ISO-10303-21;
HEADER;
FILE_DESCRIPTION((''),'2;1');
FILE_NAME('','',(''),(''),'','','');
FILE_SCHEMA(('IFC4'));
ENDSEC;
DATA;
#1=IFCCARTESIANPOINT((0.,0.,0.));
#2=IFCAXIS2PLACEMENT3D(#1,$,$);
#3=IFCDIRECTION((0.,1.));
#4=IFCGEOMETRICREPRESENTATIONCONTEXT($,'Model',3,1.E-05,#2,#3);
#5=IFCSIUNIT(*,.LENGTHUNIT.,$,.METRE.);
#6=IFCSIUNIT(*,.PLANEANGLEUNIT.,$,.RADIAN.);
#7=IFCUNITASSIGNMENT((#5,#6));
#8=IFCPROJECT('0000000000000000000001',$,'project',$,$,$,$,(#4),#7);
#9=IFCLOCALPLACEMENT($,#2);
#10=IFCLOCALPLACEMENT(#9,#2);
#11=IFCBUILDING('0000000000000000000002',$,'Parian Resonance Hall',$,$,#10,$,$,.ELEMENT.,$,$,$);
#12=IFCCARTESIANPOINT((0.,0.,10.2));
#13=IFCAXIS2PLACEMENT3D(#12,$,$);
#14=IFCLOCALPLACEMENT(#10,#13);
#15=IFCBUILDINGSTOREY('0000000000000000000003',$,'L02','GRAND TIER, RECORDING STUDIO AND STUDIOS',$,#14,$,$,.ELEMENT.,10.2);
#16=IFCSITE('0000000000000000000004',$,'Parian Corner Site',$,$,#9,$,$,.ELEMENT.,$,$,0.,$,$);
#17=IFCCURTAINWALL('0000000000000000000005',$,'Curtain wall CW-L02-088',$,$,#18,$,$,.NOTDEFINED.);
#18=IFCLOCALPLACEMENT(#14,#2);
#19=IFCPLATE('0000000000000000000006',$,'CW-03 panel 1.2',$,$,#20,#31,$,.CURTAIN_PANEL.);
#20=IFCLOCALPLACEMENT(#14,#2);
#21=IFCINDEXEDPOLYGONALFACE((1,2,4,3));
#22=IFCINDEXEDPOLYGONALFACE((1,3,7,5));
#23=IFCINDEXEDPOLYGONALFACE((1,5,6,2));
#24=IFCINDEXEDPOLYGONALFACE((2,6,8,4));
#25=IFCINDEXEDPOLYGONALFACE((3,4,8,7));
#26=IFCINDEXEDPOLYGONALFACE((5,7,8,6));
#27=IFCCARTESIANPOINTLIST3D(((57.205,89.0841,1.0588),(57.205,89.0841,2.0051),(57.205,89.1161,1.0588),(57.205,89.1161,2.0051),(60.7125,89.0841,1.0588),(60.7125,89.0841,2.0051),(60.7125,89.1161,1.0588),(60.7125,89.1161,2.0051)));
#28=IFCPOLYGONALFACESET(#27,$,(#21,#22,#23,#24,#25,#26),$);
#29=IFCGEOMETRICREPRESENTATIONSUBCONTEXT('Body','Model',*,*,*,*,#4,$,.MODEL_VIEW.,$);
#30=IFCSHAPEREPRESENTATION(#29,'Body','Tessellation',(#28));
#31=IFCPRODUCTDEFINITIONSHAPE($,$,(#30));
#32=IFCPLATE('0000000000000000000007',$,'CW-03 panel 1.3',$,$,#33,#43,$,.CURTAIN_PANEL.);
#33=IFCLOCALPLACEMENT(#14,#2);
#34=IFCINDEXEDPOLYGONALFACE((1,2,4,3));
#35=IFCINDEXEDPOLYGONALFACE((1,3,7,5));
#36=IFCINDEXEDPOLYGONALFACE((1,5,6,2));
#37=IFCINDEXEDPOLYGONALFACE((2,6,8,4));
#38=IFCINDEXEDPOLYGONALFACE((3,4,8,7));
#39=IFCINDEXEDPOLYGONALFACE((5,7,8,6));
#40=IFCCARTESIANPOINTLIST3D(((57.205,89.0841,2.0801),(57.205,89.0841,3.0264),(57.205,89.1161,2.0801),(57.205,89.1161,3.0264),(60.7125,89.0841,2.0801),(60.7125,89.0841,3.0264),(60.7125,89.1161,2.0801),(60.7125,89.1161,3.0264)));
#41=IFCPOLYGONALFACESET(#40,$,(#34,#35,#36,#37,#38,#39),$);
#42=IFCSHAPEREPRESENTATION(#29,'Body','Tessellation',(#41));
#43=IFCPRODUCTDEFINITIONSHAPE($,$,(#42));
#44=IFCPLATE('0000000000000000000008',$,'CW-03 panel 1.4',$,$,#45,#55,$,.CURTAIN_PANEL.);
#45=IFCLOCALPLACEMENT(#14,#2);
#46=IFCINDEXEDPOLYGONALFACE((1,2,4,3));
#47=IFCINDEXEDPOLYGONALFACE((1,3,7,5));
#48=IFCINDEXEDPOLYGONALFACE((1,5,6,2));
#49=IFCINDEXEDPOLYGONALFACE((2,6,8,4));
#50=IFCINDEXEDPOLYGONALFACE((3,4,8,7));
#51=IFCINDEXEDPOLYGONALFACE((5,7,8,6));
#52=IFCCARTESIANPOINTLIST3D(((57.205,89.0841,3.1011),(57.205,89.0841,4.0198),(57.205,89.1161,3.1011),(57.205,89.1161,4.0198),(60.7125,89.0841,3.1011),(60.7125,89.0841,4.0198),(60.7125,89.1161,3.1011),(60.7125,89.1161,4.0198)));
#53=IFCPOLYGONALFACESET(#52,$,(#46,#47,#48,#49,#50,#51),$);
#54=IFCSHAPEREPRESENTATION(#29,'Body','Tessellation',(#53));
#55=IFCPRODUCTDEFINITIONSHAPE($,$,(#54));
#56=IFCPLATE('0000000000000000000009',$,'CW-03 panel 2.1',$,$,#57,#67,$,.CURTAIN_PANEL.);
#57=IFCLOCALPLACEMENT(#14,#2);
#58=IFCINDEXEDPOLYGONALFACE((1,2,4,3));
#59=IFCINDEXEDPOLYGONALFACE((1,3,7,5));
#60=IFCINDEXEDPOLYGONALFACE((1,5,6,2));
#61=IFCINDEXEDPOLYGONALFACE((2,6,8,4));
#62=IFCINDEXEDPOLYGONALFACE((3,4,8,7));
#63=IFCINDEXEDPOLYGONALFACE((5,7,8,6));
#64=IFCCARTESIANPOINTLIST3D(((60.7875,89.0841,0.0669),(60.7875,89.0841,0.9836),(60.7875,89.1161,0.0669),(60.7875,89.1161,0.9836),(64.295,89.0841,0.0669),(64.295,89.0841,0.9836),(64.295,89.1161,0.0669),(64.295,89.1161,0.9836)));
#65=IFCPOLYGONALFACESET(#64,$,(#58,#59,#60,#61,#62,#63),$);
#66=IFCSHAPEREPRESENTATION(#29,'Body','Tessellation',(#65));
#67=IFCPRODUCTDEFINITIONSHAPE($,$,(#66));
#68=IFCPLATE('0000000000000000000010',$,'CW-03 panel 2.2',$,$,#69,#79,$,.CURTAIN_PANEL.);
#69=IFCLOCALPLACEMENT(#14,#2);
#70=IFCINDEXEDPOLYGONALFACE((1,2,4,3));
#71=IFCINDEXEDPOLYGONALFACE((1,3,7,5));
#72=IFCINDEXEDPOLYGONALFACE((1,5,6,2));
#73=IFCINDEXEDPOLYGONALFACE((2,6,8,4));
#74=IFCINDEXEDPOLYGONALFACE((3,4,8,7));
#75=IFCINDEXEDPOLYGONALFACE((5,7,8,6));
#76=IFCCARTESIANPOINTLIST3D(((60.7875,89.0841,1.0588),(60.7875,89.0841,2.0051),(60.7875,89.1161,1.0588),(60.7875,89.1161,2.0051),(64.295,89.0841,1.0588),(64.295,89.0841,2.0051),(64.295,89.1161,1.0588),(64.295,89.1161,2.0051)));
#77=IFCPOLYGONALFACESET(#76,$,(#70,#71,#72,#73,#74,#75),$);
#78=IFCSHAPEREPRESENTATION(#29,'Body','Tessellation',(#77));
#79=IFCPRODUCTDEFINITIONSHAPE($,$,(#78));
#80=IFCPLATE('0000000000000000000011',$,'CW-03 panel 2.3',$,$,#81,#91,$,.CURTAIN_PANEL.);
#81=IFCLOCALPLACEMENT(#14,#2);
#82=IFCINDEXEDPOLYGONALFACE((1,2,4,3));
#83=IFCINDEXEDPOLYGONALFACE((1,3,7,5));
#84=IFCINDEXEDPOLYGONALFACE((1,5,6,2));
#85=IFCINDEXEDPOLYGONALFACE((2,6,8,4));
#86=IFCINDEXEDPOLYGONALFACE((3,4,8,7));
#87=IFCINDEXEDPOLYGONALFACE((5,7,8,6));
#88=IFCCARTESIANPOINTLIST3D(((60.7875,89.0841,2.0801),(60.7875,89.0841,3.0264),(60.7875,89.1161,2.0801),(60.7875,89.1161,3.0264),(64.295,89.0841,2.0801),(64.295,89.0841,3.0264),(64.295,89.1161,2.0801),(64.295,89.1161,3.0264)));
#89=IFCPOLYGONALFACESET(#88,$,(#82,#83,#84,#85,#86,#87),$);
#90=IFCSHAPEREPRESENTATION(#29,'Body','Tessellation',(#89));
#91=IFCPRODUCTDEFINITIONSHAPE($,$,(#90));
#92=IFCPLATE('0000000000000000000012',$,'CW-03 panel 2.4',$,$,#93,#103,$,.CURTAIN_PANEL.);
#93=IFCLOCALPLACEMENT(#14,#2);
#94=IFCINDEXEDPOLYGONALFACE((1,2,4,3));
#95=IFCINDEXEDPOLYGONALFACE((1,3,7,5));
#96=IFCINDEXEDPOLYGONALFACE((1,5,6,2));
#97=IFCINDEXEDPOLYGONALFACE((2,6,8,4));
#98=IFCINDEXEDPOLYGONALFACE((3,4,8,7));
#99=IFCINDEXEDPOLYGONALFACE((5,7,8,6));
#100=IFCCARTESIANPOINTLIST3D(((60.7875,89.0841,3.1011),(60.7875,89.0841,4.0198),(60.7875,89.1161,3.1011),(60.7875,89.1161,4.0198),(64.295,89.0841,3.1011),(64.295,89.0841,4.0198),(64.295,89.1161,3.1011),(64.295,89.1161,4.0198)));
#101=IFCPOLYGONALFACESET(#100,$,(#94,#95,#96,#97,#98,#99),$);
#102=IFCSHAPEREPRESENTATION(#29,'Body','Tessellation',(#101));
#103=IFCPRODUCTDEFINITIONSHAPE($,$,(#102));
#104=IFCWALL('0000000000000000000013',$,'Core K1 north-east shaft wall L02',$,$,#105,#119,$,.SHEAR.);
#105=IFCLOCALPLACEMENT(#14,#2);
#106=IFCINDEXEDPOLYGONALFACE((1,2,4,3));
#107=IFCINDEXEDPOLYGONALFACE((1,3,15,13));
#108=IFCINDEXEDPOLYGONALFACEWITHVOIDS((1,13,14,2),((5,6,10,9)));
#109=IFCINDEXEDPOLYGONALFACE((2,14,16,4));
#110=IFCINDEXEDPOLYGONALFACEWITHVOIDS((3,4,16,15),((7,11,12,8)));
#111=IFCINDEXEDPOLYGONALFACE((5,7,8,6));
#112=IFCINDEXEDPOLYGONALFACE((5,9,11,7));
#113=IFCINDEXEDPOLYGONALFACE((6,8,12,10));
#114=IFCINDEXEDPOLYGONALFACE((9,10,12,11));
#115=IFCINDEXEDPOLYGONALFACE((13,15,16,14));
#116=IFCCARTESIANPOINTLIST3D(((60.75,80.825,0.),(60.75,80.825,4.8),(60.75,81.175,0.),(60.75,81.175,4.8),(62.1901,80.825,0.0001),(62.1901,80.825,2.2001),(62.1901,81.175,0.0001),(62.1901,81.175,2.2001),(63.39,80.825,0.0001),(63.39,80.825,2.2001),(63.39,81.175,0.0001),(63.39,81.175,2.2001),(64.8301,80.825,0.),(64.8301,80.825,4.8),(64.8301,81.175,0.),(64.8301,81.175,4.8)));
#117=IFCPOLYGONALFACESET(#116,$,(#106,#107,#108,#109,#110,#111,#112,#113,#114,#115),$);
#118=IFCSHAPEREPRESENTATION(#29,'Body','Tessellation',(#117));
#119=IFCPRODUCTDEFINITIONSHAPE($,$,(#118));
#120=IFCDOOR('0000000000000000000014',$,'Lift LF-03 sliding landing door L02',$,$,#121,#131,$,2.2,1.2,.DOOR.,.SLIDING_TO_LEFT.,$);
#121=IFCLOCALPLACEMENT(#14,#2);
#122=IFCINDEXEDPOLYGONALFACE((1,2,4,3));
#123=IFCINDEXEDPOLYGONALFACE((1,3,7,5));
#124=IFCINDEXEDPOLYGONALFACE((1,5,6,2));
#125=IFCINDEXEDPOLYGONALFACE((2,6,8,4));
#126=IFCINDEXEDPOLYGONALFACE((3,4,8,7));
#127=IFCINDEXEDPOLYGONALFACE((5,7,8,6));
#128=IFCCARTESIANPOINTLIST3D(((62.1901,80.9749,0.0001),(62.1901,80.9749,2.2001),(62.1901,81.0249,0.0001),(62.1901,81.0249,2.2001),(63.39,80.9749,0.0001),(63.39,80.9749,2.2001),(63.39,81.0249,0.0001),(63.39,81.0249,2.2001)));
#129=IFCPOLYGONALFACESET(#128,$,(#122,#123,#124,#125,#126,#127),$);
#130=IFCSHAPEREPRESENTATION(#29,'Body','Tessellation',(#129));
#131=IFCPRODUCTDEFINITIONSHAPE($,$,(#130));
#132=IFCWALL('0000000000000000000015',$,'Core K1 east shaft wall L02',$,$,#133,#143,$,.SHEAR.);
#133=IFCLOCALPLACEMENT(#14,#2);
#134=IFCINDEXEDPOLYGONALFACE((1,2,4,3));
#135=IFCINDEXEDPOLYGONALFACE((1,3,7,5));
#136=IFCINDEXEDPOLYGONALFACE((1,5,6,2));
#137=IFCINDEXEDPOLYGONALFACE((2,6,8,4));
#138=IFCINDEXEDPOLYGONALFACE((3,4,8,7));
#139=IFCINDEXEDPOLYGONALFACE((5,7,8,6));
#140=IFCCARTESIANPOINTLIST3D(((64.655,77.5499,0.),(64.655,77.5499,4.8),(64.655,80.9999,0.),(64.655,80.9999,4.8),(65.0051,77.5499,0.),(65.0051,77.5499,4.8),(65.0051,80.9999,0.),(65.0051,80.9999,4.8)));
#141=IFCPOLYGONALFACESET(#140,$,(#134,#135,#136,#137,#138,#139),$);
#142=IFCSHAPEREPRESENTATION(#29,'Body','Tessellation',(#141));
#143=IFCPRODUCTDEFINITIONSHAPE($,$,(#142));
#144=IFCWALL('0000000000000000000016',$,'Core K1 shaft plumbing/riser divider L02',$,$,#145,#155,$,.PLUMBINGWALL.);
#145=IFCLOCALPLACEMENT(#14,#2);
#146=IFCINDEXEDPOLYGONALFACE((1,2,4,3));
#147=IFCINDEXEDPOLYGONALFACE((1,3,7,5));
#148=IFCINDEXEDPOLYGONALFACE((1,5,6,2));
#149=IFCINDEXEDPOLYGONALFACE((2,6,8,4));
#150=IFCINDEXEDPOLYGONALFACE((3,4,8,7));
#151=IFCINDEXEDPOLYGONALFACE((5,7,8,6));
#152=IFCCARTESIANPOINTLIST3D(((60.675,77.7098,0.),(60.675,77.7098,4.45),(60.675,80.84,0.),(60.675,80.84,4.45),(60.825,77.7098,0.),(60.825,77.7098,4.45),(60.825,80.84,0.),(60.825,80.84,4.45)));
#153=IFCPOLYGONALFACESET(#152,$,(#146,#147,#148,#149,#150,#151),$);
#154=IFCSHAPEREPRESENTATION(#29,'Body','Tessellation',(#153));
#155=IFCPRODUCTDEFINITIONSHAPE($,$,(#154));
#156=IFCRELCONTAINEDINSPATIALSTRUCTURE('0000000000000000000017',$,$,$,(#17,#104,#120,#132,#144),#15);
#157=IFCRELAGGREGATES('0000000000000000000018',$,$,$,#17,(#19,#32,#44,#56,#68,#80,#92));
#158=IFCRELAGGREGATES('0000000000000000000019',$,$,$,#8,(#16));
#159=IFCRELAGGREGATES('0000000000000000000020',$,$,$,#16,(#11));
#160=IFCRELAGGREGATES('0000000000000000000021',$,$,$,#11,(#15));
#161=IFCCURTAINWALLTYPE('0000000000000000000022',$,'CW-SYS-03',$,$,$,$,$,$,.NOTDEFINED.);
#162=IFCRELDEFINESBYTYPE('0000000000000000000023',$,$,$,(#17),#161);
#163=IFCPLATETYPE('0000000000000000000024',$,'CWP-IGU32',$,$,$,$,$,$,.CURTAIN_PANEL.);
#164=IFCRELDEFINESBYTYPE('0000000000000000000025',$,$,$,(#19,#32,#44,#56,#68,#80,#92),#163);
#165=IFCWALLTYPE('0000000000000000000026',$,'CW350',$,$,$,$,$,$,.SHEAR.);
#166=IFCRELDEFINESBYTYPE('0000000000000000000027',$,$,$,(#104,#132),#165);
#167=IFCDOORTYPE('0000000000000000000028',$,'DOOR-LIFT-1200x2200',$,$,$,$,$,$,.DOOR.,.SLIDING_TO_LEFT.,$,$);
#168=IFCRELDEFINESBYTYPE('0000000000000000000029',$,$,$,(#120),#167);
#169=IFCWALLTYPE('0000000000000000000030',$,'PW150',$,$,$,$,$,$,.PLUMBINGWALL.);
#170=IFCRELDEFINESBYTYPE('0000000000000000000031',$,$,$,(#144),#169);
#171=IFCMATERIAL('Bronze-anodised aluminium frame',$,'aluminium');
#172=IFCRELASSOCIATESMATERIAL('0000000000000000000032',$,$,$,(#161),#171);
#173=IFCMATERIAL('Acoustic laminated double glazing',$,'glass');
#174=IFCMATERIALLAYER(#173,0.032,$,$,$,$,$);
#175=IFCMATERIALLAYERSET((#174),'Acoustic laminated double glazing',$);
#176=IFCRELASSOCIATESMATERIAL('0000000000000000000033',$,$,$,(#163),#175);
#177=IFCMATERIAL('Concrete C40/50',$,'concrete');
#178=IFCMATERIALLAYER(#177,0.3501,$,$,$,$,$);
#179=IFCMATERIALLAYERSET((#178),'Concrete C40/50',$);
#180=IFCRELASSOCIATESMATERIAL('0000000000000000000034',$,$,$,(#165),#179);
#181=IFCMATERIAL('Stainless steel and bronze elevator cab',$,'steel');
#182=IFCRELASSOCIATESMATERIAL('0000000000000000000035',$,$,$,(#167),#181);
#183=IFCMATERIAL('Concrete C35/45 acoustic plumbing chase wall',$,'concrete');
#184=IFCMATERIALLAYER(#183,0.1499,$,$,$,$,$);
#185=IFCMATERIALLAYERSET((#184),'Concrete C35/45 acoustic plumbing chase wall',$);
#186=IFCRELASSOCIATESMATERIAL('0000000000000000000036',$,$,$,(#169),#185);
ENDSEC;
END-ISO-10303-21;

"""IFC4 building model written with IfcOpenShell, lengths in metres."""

from ifc_helpers import new_model, si_unit, direction, frame, frame_2d, origin, origin_2d, place, context, subcontext, project, spatial, rectangle, extrude, material, layer, layer_set, type_object, element, fill, aggregate, save


model = new_model("IFC4")

# Units and contexts
model_context = context("Model", 3, precision=1e-05, world=origin(), true_north=direction((0.0, 1.0)))
body_context = subcontext(model_context, "Body", "Model", "MODEL_VIEW")
ifc_project = project(units=[si_unit("LENGTHUNIT", "METRE"), si_unit("PLANEANGLEUNIT", "RADIAN")], contexts=[model_context])

# Site, building, storey
site_placement = place(None, origin())
site = spatial("IfcSite", under=ifc_project, at=site_placement, Name="Parian Corner Site", CompositionType="ELEMENT", RefElevation=0.0)
building_placement = place(site_placement, origin())
building = spatial("IfcBuilding", under=site, at=building_placement, Name="Parian Resonance Hall", CompositionType="ELEMENT")
storey_placement = place(building_placement, frame((0.0, 0.0, 10.2)))
storey = spatial("IfcBuildingStorey", under=building, at=storey_placement, Name="L02", Description="GRAND TIER, RECORDING STUDIO AND STUDIOS", CompositionType="ELEMENT", Elevation=10.2)

# Curtain wall, plates
ifc_material_1 = material(Name="Bronze-anodised aluminium frame", Category="aluminium")
curtain_wall_type = type_object("IfcCurtainWallType", Name="CW-SYS-03", PredefinedType="NOTDEFINED", material=ifc_material_1)
curtain_wall_placement = place(storey_placement, origin())
curtain_wall = element("IfcCurtainWall", 1, at=curtain_wall_placement, inside=storey, type_object=curtain_wall_type, Name="Curtain wall CW-L02-088", PredefinedType="NOTDEFINED")
ifc_material_2 = material(Name="Acoustic laminated double glazing", Category="glass")
ifc_layer_1 = layer(ifc_material_2, 0.032)
ifc_layer_set_1 = layer_set([ifc_layer_1], Name="Acoustic laminated double glazing")
plate_type = type_object("IfcPlateType", Name="CWP-IGU32", PredefinedType="CURTAIN_PANEL", material=ifc_layer_set_1)
plate_1_placement = place(storey_placement, frame((58.9587, 89.1001, 1.0588), z_axis=(0.0, 0.0, 1.0), x_axis=(1.0, 0.0, 0.0)))
plate_1 = element("IfcPlate", 2, at=plate_1_placement, type_object=plate_type, Name="CW-03 panel 1.2", PredefinedType="CURTAIN_PANEL", context=body_context, shape_type="SweptSolid", body=[
    extrude(rectangle(XDim=3.5076, YDim=0.032, at=origin_2d()), origin(), (0.0, 0.0, 1.0), 0.9463),
])
plate_2_placement = place(storey_placement, frame((58.9587, 89.1001, 2.0801), z_axis=(0.0, 0.0, 1.0), x_axis=(1.0, 0.0, 0.0)))
plate_2 = element("IfcPlate", 3, at=plate_2_placement, type_object=plate_type, Name="CW-03 panel 1.3", PredefinedType="CURTAIN_PANEL", context=body_context, shape_type="SweptSolid", body=[
    extrude(rectangle(XDim=3.5076, YDim=0.032, at=origin_2d()), origin(), (0.0, 0.0, 1.0), 0.9463),
])
plate_3_placement = place(storey_placement, frame((58.9587, 89.1001, 3.1011), z_axis=(0.0, 0.0, 1.0), x_axis=(1.0, 0.0, 0.0)))
plate_3 = element("IfcPlate", 4, at=plate_3_placement, type_object=plate_type, Name="CW-03 panel 1.4", PredefinedType="CURTAIN_PANEL", context=body_context, shape_type="SweptSolid", body=[
    extrude(rectangle(XDim=3.5076, YDim=0.032, at=origin_2d()), origin(), (0.0, 0.0, 1.0), 0.9187),
])
plate_4_placement = place(storey_placement, frame((62.5413, 89.1001, 0.0669), z_axis=(0.0, 0.0, 1.0), x_axis=(1.0, 0.0, 0.0)))
plate_4 = element("IfcPlate", 5, at=plate_4_placement, type_object=plate_type, Name="CW-03 panel 2.1", PredefinedType="CURTAIN_PANEL", context=body_context, shape_type="SweptSolid", body=[
    extrude(rectangle(XDim=3.5076, YDim=0.032, at=origin_2d()), origin(), (0.0, 0.0, 1.0), 0.9167),
])
plate_5_placement = place(storey_placement, frame((62.5413, 89.1001, 1.0588), z_axis=(0.0, 0.0, 1.0), x_axis=(1.0, 0.0, 0.0)))
plate_5 = element("IfcPlate", 6, at=plate_5_placement, type_object=plate_type, Name="CW-03 panel 2.2", PredefinedType="CURTAIN_PANEL", context=body_context, shape_type="SweptSolid", body=[
    extrude(rectangle(XDim=3.5076, YDim=0.032, at=origin_2d()), origin(), (0.0, 0.0, 1.0), 0.9463),
])
plate_6_placement = place(storey_placement, frame((62.5413, 89.1001, 2.0801), z_axis=(0.0, 0.0, 1.0), x_axis=(1.0, 0.0, 0.0)))
plate_6 = element("IfcPlate", 7, at=plate_6_placement, type_object=plate_type, Name="CW-03 panel 2.3", PredefinedType="CURTAIN_PANEL", context=body_context, shape_type="SweptSolid", body=[
    extrude(rectangle(XDim=3.5076, YDim=0.032, at=origin_2d()), origin(), (0.0, 0.0, 1.0), 0.9463),
])
plate_7_placement = place(storey_placement, frame((62.5413, 89.1001, 3.1011), z_axis=(0.0, 0.0, 1.0), x_axis=(1.0, 0.0, 0.0)))
plate_7 = element("IfcPlate", 8, at=plate_7_placement, type_object=plate_type, Name="CW-03 panel 2.4", PredefinedType="CURTAIN_PANEL", context=body_context, shape_type="SweptSolid", body=[
    extrude(rectangle(XDim=3.5076, YDim=0.032, at=origin_2d()), origin(), (0.0, 0.0, 1.0), 0.9187),
])
aggregate(curtain_wall, [plate_1, plate_2, plate_3, plate_4, plate_5, plate_6, plate_7])

# Wall, opening, door
ifc_material_3 = material(Name="Concrete C40/50", Category="concrete")
ifc_layer_2 = layer(ifc_material_3, 0.3501)
ifc_layer_set_2 = layer_set([ifc_layer_2], Name="Concrete C40/50")
wall_type_1 = type_object("IfcWallType", Name="CW350", PredefinedType="SHEAR", material=ifc_layer_set_2)
wall_1_placement = place(storey_placement, frame((60.75, 81.0, 0.0), z_axis=(0.0, 0.0, 1.0), x_axis=(1.0, 0.0, 0.0)))
wall_1 = element("IfcWall", 9, at=wall_1_placement, inside=storey, type_object=wall_type_1, Name="Core K1 north-east shaft wall L02", PredefinedType="SHEAR", context=body_context, shape_type="SweptSolid", body=[
    extrude(rectangle(XDim=4.0801, YDim=0.3501, at=frame_2d((2.04, 0.0))), origin(), (0.0, 0.0, 1.0), 4.8),
])
opening_placement = place(wall_1_placement, frame((1.4399, 0.0, 0.0)))
opening = element("IfcOpeningElement", 10, at=opening_placement, cuts=wall_1, PredefinedType="OPENING", context=body_context, shape_type="SweptSolid", body=[
    extrude(rectangle(XDim=1.2, YDim=2.2, at=frame_2d((0.6001, 1.1001))), frame((0.0, 0.1851, 0.0), z_axis=(0.0, -1.0, 0.0), x_axis=(1.0, 0.0, 0.0)), (0.0, 0.0, 1.0), 0.3701),
])
ifc_material_4 = material(Name="Stainless steel and bronze elevator cab", Category="steel")
door_type = type_object("IfcDoorType", Name="DOOR-LIFT-1200x2200", OperationType="SLIDING_TO_LEFT", PredefinedType="DOOR", material=ifc_material_4)
door_placement = place(opening_placement, origin())
door = element("IfcDoor", 11, at=door_placement, inside=storey, type_object=door_type, Name="Lift LF-03 sliding landing door L02", OperationType="SLIDING_TO_LEFT", OverallHeight=2.2, OverallWidth=1.2, PredefinedType="DOOR", context=body_context, shape_type="SweptSolid", body=[
    extrude(rectangle(XDim=1.2, YDim=2.2, at=frame_2d((0.6001, 1.1001))), frame((0.0, 0.0249, 0.0), z_axis=(0.0, -1.0, 0.0), x_axis=(1.0, 0.0, 0.0)), (0.0, 0.0, 1.0), 0.05),
])
fill(opening, door)

# Walls
wall_2_placement = place(storey_placement, frame((64.8301, 81.0, 0.0), z_axis=(0.0, 0.0, 1.0), x_axis=(0.0, -1.0, 0.0)))
element("IfcWall", 12, at=wall_2_placement, inside=storey, type_object=wall_type_1, Name="Core K1 east shaft wall L02", PredefinedType="SHEAR", context=body_context, shape_type="SweptSolid", body=[
    extrude(rectangle(XDim=3.45, YDim=0.3501, at=frame_2d((1.7251, 0.0))), origin(), (0.0, 0.0, 1.0), 4.8),
])
ifc_material_5 = material(Name="Concrete C35/45 acoustic plumbing chase wall", Category="concrete")
ifc_layer_3 = layer(ifc_material_5, 0.1499)
ifc_layer_set_3 = layer_set([ifc_layer_3], Name="Concrete C35/45 acoustic plumbing chase wall")
wall_type_2 = type_object("IfcWallType", Name="PW150", PredefinedType="PLUMBINGWALL", material=ifc_layer_set_3)
wall_3_placement = place(storey_placement, frame((60.75, 77.71, 0.0), z_axis=(0.0, 0.0, 1.0), x_axis=(0.0, 1.0, 0.0)))
element("IfcWall", 13, at=wall_3_placement, inside=storey, type_object=wall_type_2, Name="Core K1 shaft plumbing/riser divider L02", PredefinedType="PLUMBINGWALL", context=body_context, shape_type="SweptSolid", body=[
    extrude(rectangle(XDim=3.1301, YDim=0.1499, at=frame_2d((1.5649, 0.0))), origin(), (0.0, 0.0, 1.0), 4.45),
])

save(model, "model.ifc")
